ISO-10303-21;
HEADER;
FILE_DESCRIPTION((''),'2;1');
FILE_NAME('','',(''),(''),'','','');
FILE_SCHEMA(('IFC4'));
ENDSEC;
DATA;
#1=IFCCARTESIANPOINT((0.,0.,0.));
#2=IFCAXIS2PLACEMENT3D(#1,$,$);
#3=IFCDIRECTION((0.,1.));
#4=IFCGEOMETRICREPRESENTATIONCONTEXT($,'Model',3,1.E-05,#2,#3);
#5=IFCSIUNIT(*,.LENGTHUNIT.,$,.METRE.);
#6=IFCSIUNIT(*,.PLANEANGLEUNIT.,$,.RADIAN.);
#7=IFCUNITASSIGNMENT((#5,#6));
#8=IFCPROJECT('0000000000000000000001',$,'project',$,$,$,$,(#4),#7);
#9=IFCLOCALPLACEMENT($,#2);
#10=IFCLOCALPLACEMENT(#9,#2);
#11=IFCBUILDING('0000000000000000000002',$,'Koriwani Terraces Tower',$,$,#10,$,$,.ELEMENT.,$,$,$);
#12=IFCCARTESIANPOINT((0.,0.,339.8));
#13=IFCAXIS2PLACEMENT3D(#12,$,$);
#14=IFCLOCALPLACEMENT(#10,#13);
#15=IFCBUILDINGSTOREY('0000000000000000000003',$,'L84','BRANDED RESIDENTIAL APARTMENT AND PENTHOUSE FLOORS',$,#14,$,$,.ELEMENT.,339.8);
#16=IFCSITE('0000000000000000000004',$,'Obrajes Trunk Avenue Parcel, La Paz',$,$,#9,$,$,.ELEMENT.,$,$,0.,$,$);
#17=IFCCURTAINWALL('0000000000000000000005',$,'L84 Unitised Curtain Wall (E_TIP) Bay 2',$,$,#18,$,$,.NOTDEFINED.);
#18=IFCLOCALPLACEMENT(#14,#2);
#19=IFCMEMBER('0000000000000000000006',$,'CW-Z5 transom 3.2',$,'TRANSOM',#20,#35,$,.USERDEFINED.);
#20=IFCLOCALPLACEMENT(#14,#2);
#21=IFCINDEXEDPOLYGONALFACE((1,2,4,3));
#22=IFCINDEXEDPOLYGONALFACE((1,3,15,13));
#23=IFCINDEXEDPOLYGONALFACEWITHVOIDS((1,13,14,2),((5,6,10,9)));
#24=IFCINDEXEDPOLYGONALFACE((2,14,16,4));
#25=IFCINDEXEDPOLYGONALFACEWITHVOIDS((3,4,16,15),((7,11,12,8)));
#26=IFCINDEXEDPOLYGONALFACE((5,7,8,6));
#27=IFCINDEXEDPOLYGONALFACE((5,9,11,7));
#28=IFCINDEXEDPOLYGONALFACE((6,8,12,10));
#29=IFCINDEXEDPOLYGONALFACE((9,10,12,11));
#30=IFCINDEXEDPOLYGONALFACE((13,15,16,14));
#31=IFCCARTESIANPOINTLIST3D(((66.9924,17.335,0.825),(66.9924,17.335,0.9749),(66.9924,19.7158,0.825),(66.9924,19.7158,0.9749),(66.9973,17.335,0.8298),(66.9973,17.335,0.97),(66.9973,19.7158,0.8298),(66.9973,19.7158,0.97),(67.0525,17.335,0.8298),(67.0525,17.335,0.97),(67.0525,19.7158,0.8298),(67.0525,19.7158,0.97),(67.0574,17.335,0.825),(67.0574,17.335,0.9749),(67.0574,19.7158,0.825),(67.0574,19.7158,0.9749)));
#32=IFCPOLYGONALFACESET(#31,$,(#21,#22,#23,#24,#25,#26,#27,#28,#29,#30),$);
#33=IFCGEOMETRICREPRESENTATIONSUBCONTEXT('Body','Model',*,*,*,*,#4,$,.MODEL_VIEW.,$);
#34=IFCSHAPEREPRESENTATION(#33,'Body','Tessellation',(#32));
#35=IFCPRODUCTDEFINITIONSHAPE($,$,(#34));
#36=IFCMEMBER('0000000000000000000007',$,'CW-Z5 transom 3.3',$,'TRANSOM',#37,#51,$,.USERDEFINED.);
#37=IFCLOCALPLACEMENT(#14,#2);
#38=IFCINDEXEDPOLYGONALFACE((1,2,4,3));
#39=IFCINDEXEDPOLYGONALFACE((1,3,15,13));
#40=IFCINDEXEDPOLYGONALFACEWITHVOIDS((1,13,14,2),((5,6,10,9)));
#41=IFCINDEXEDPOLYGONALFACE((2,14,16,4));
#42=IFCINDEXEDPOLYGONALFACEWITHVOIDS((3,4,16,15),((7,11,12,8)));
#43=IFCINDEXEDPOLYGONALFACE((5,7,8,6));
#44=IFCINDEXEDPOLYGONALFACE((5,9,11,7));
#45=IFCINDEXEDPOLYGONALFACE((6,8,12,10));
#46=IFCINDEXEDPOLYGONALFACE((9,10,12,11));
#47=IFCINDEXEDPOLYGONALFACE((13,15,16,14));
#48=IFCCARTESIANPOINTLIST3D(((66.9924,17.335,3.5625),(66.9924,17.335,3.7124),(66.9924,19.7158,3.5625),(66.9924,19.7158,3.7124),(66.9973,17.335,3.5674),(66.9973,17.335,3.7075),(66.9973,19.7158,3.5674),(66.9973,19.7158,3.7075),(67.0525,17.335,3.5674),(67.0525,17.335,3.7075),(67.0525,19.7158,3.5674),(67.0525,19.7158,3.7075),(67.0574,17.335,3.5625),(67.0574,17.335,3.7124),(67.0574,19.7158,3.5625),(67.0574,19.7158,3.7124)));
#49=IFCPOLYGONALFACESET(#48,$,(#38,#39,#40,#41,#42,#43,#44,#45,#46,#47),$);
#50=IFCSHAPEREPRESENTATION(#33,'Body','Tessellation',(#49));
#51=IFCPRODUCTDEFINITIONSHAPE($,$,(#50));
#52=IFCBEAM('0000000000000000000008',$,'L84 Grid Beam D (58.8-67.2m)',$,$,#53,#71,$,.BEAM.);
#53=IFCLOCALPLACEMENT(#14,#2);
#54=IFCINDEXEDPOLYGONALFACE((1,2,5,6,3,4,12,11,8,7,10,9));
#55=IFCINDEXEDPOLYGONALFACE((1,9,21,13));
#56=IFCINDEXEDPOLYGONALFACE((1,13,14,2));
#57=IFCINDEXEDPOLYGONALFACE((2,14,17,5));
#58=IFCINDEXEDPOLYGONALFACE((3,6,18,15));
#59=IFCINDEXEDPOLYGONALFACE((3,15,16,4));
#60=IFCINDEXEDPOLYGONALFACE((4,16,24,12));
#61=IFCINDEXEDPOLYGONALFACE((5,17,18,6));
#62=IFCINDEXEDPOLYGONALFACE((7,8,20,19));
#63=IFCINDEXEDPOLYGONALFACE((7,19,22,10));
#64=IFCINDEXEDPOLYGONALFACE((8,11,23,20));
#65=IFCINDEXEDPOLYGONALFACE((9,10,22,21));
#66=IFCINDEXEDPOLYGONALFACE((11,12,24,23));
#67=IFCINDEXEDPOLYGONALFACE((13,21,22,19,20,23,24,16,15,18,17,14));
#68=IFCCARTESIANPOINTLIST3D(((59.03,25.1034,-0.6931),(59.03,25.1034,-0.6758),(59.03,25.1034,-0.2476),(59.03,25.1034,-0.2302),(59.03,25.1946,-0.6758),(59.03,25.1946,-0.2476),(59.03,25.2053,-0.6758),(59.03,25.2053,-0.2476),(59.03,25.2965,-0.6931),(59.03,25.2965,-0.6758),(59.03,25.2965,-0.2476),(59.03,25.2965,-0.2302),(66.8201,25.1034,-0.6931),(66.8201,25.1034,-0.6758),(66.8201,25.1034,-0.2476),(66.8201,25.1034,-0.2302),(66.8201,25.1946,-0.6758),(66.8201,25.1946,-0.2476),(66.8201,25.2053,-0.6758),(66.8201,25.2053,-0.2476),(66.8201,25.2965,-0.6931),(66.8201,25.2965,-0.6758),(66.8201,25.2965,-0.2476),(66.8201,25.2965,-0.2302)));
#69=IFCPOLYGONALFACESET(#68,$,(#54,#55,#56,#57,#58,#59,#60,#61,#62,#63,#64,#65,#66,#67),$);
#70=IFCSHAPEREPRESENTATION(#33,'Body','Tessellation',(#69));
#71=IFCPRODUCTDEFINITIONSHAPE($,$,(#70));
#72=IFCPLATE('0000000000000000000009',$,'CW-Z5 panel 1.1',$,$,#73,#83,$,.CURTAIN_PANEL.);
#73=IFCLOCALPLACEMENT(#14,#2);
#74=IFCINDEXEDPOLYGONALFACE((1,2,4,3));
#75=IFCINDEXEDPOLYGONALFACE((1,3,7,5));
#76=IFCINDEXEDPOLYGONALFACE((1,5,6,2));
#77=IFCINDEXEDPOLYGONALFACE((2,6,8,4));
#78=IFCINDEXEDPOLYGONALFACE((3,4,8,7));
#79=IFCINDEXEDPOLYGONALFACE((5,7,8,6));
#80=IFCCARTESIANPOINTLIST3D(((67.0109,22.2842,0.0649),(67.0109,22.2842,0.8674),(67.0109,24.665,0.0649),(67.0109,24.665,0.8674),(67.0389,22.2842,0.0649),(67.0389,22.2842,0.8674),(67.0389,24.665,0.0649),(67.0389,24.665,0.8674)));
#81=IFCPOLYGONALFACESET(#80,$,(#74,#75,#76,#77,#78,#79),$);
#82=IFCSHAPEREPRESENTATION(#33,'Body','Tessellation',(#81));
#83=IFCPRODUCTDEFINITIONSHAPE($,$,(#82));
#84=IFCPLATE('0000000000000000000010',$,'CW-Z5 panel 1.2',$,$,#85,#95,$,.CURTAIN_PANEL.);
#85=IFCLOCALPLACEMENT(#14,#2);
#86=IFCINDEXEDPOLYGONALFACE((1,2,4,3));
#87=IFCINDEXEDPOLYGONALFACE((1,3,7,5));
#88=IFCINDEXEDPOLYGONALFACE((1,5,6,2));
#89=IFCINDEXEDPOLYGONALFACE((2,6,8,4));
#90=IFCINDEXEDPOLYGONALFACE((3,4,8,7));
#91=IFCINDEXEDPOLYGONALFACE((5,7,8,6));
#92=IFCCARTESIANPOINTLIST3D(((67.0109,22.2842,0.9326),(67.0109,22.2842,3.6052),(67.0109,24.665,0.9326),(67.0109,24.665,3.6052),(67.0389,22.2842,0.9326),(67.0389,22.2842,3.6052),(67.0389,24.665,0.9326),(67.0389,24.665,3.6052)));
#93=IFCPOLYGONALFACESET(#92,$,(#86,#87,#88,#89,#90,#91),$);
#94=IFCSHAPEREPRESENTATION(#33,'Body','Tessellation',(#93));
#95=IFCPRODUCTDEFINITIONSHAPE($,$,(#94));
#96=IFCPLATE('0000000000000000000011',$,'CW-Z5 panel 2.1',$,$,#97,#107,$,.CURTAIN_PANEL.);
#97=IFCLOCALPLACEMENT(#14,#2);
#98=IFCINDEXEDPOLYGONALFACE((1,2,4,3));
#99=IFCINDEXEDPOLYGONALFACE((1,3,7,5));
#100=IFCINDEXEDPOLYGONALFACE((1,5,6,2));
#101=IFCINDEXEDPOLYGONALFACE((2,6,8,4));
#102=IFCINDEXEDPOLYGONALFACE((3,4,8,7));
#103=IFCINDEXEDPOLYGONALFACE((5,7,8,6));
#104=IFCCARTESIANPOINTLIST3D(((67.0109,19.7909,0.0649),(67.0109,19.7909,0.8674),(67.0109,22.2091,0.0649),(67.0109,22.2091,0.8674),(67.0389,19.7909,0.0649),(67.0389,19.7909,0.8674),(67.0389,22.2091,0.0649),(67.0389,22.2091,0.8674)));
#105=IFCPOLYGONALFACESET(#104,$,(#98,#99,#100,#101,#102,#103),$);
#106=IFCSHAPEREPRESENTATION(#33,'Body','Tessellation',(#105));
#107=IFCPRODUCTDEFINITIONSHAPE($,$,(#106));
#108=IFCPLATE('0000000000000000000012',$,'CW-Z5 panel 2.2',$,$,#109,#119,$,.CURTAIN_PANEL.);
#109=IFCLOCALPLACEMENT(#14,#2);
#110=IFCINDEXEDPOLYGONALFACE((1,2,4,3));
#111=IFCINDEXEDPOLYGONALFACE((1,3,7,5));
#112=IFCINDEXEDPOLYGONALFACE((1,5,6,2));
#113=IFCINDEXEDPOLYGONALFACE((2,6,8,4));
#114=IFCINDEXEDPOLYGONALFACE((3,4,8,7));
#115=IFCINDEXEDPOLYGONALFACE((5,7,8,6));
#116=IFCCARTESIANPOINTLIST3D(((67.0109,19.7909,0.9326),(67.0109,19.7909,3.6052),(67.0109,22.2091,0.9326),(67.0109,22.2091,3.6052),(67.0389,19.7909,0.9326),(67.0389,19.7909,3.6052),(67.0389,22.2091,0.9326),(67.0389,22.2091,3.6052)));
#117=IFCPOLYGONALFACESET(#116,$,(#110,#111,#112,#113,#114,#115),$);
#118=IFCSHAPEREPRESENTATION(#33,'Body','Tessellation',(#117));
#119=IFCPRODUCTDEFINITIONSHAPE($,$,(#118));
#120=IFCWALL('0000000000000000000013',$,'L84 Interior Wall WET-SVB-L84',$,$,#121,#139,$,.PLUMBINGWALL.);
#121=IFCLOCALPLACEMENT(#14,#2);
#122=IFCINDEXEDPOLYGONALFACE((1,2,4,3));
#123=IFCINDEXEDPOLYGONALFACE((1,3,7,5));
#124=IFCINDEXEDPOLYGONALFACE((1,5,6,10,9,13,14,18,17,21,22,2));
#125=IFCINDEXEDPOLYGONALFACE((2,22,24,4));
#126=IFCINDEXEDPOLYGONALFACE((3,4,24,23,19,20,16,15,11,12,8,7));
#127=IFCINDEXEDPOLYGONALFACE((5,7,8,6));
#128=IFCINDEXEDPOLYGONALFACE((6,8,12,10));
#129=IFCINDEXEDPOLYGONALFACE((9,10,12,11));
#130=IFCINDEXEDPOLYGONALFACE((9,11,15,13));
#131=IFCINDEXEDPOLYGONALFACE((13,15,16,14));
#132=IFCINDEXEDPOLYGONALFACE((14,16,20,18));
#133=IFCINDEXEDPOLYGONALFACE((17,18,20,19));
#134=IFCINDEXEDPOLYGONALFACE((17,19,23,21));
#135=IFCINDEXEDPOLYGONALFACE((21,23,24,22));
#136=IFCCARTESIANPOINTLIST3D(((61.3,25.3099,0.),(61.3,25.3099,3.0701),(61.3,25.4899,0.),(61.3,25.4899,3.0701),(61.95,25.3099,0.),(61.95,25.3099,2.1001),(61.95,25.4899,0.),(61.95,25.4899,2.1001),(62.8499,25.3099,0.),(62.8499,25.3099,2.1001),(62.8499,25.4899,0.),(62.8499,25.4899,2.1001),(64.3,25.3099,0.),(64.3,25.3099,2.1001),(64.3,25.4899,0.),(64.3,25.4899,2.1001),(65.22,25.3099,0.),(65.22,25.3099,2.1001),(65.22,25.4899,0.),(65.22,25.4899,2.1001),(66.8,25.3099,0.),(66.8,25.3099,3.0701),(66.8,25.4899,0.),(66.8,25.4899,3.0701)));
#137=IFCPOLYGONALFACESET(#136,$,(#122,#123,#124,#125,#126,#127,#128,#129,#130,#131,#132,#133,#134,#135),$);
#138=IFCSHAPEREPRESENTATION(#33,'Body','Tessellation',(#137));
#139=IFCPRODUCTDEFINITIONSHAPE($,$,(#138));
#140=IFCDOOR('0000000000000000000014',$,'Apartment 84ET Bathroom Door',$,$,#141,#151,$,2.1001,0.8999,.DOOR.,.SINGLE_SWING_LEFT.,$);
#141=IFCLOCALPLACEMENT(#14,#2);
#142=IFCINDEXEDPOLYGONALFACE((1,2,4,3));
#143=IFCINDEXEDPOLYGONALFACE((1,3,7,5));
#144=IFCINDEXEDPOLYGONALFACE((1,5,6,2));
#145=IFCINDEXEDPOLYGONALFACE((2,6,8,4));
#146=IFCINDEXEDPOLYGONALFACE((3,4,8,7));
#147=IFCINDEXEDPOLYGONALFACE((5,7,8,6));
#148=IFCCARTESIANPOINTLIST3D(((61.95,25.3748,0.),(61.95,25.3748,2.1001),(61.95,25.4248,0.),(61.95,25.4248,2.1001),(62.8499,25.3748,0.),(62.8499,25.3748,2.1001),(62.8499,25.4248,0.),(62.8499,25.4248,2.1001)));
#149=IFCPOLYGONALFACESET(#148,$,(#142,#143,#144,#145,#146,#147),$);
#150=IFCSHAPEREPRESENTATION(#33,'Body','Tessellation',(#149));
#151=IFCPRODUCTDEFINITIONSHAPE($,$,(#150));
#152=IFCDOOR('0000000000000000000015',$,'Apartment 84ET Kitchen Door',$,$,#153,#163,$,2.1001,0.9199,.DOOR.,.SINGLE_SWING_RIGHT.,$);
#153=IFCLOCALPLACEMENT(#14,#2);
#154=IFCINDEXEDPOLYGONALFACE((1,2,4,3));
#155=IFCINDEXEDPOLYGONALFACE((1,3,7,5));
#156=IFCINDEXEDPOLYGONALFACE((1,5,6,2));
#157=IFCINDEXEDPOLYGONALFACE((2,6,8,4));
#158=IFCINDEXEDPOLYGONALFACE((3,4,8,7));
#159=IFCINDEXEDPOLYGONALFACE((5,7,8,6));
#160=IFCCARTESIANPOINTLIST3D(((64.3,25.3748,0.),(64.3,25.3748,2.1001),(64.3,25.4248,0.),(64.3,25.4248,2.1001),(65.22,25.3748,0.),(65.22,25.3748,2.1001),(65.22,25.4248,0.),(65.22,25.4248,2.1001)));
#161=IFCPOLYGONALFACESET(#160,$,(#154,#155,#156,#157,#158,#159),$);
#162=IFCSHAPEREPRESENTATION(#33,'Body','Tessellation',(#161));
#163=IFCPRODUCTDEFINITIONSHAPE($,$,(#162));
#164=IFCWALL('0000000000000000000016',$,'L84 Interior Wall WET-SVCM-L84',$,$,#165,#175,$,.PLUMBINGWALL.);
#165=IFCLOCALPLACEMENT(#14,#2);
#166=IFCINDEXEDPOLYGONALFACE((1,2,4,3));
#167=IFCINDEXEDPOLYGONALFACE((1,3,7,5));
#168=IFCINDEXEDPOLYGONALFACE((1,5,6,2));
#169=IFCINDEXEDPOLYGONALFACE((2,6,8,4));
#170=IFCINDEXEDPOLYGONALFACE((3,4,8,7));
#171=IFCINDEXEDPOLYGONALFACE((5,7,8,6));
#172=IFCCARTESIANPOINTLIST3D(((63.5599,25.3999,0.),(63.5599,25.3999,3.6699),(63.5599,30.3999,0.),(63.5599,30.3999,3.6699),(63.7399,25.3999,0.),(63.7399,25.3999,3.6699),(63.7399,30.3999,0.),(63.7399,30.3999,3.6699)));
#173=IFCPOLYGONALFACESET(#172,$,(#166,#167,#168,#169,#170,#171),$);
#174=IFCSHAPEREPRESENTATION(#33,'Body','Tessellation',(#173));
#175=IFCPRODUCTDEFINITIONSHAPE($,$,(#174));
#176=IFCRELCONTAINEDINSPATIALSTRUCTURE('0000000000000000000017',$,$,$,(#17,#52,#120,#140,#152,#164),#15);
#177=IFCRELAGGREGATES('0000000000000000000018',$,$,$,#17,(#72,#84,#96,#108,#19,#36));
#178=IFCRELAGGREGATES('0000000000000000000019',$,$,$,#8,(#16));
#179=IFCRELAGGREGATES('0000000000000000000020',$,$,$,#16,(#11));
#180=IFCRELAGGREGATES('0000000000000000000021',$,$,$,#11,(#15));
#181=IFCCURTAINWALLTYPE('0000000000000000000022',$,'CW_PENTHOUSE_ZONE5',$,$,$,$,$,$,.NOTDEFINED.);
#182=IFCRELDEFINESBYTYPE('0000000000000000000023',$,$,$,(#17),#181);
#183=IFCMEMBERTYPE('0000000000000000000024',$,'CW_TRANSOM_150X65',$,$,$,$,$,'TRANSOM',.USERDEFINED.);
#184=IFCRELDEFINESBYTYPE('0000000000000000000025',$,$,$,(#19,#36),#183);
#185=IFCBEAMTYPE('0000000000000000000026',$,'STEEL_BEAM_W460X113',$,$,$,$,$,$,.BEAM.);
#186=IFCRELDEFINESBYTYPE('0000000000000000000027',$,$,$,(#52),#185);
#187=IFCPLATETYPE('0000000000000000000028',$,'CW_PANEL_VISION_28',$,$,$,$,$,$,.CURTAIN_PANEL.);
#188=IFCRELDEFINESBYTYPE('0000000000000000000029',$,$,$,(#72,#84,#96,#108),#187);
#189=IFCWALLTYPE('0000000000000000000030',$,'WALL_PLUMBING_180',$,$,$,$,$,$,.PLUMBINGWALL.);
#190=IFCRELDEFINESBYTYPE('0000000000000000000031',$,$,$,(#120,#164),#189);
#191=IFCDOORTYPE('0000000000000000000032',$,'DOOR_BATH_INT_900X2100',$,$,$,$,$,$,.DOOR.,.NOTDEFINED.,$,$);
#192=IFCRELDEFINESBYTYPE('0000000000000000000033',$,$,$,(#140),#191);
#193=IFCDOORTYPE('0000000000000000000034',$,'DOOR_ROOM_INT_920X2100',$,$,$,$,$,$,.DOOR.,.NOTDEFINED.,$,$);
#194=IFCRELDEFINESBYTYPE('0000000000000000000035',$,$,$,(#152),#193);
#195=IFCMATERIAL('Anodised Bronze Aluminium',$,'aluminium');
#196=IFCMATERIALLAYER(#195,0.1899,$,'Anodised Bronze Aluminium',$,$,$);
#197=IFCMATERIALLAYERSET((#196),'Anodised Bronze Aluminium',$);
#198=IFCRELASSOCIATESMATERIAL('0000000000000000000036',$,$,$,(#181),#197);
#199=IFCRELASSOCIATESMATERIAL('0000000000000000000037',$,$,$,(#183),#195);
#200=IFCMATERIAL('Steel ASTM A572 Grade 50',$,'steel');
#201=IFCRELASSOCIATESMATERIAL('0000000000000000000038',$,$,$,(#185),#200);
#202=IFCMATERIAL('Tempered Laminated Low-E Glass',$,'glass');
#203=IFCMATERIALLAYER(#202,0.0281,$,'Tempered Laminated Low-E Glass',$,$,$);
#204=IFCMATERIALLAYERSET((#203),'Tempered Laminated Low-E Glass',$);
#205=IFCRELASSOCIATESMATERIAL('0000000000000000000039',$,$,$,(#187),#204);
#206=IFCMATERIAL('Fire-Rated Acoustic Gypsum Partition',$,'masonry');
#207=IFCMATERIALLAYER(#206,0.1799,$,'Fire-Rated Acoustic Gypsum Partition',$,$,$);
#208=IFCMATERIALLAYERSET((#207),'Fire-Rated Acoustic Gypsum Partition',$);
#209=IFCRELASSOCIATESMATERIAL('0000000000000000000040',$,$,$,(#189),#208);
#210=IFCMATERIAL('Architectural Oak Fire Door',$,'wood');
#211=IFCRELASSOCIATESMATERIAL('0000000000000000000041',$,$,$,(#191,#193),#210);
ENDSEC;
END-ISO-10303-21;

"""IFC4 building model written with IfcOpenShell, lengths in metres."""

from ifc_helpers import new_model, si_unit, direction, frame, frame_2d, origin, origin_2d, place, context, subcontext, project, spatial, rectangle, hollow_rectangle, i_section, extrude, material, layer, layer_set, material_profile, profile_set, type_object, element, fill, aggregate, save


model = new_model("IFC4")

# Units and contexts
model_context = context("Model", 3, precision=1e-05, world=origin(), true_north=direction((0.0, 1.0)))
body_context = subcontext(model_context, "Body", "Model", "MODEL_VIEW")
ifc_project = project(units=[si_unit("LENGTHUNIT", "METRE"), si_unit("PLANEANGLEUNIT", "RADIAN")], contexts=[model_context])

# Site, building, storey
site_placement = place(None, origin())
site = spatial("IfcSite", under=ifc_project, at=site_placement, Name="Obrajes Trunk Avenue Parcel, La Paz", CompositionType="ELEMENT", RefElevation=0.0)
building_placement = place(site_placement, origin())
building = spatial("IfcBuilding", under=site, at=building_placement, Name="Koriwani Terraces Tower", CompositionType="ELEMENT")
storey_placement = place(building_placement, frame((0.0, 0.0, 339.8)))
storey = spatial("IfcBuildingStorey", under=building, at=storey_placement, Name="L84", Description="BRANDED RESIDENTIAL APARTMENT AND PENTHOUSE FLOORS", CompositionType="ELEMENT", Elevation=339.8)

# Curtain wall, members
ifc_material_1 = material(Name="Anodised Bronze Aluminium", Category="aluminium")
ifc_layer_1 = layer(ifc_material_1, 0.1899, Name="Anodised Bronze Aluminium")
ifc_layer_set_1 = layer_set([ifc_layer_1], Name="Anodised Bronze Aluminium")
curtain_wall_type = type_object("IfcCurtainWallType", Name="CW_PENTHOUSE_ZONE5", PredefinedType="NOTDEFINED", material=ifc_layer_set_1)
curtain_wall_placement = place(storey_placement, origin())
curtain_wall = element("IfcCurtainWall", 1, at=curtain_wall_placement, inside=storey, type_object=curtain_wall_type, Name="L84 Unitised Curtain Wall (E_TIP) Bay 2", PredefinedType="NOTDEFINED")
ifc_material_profile_1 = material_profile(ifc_material_1, hollow_rectangle(XDim=0.0649, YDim=0.1499, WallThickness=0.0049, at=origin_2d()), Name="Anodised Bronze Aluminium", Category="LoadBearing")
ifc_profile_set_1 = profile_set([ifc_material_profile_1], Name="Anodised Bronze Aluminium")
member_type_1 = type_object("IfcMemberType", Name="CW_TRANSOM_150X65", ElementType="TRANSOM", PredefinedType="USERDEFINED", material=ifc_profile_set_1)
member_1_placement = place(storey_placement, frame((67.0249, 19.7158, 0.8999), z_axis=(0.0, -1.0, 0.0), x_axis=(1.0, 0.0, 0.0)))
member_1 = element("IfcMember", 2, at=member_1_placement, type_object=member_type_1, Name="CW-Z5 transom 3.2", ObjectType="TRANSOM", PredefinedType="USERDEFINED", context=body_context, shape_type="SweptSolid", body=[
    extrude(hollow_rectangle(XDim=0.0649, YDim=0.1499, WallThickness=0.0049, at=origin_2d()), origin(), (0.0, 0.0, 1.0), 2.3809),
])
member_2_placement = place(storey_placement, frame((67.0249, 19.7158, 3.6375), z_axis=(0.0, -1.0, 0.0), x_axis=(1.0, 0.0, 0.0)))
member_2 = element("IfcMember", 3, at=member_2_placement, type_object=member_type_1, Name="CW-Z5 transom 3.3", ObjectType="TRANSOM", PredefinedType="USERDEFINED", context=body_context, shape_type="SweptSolid", body=[
    extrude(hollow_rectangle(XDim=0.0649, YDim=0.1499, WallThickness=0.0049, at=origin_2d()), origin(), (0.0, 0.0, 1.0), 2.3809),
])

# Beam
ifc_material_2 = material(Name="Steel ASTM A572 Grade 50", Category="steel")
ifc_material_profile_2 = material_profile(ifc_material_2, i_section(OverallWidth=0.1931, OverallDepth=0.4629, WebThickness=0.0107, FlangeThickness=0.0173, at=origin_2d()), Name="Steel ASTM A572 Grade 50", Category="LoadBearing")
ifc_profile_set_2 = profile_set([ifc_material_profile_2], Name="Steel ASTM A572 Grade 50")
beam_type = type_object("IfcBeamType", Name="STEEL_BEAM_W460X113", PredefinedType="BEAM", material=ifc_profile_set_2)
beam_placement = place(storey_placement, frame((59.03, 25.2, -0.4617), z_axis=(1.0, 0.0, 0.0), x_axis=(0.0, 1.0, 0.0)))
element("IfcBeam", 4, at=beam_placement, inside=storey, type_object=beam_type, Name="L84 Grid Beam D (58.8-67.2m)", PredefinedType="BEAM", context=body_context, shape_type="SweptSolid", body=[
    extrude(i_section(OverallWidth=0.1931, OverallDepth=0.4629, WebThickness=0.0107, FlangeThickness=0.0173, at=origin_2d()), origin(), (0.0, 0.0, 1.0), 7.79),
])

# Plates
ifc_material_3 = material(Name="Tempered Laminated Low-E Glass", Category="glass")
ifc_layer_2 = layer(ifc_material_3, 0.0281, Name="Tempered Laminated Low-E Glass")
ifc_layer_set_2 = layer_set([ifc_layer_2], Name="Tempered Laminated Low-E Glass")
plate_type = type_object("IfcPlateType", Name="CW_PANEL_VISION_28", PredefinedType="CURTAIN_PANEL", material=ifc_layer_set_2)
plate_1_placement = place(storey_placement, frame((67.0249, 23.4746, 0.0649), z_axis=(0.0, 0.0, 1.0), x_axis=(0.0, -1.0, 0.0)))
plate_1 = element("IfcPlate", 5, at=plate_1_placement, type_object=plate_type, Name="CW-Z5 panel 1.1", PredefinedType="CURTAIN_PANEL", context=body_context, shape_type="SweptSolid", body=[
    extrude(rectangle(XDim=2.3809, YDim=0.0281, at=origin_2d()), origin(), (0.0, 0.0, 1.0), 0.8025),
])
plate_2_placement = place(storey_placement, frame((67.0249, 23.4746, 0.9326), z_axis=(0.0, 0.0, 1.0), x_axis=(0.0, -1.0, 0.0)))
plate_2 = element("IfcPlate", 6, at=plate_2_placement, type_object=plate_type, Name="CW-Z5 panel 1.2", PredefinedType="CURTAIN_PANEL", context=body_context, shape_type="SweptSolid", body=[
    extrude(rectangle(XDim=2.3809, YDim=0.0281, at=origin_2d()), origin(), (0.0, 0.0, 1.0), 2.6726),
])
plate_3_placement = place(storey_placement, frame((67.0249, 21.0, 0.0649), z_axis=(0.0, 0.0, 1.0), x_axis=(0.0, -1.0, 0.0)))
plate_3 = element("IfcPlate", 7, at=plate_3_placement, type_object=plate_type, Name="CW-Z5 panel 2.1", PredefinedType="CURTAIN_PANEL", context=body_context, shape_type="SweptSolid", body=[
    extrude(rectangle(XDim=2.4182, YDim=0.0281, at=origin_2d()), origin(), (0.0, 0.0, 1.0), 0.8025),
])
plate_4_placement = place(storey_placement, frame((67.0249, 21.0, 0.9326), z_axis=(0.0, 0.0, 1.0), x_axis=(0.0, -1.0, 0.0)))
plate_4 = element("IfcPlate", 8, at=plate_4_placement, type_object=plate_type, Name="CW-Z5 panel 2.2", PredefinedType="CURTAIN_PANEL", context=body_context, shape_type="SweptSolid", body=[
    extrude(rectangle(XDim=2.4182, YDim=0.0281, at=origin_2d()), origin(), (0.0, 0.0, 1.0), 2.6726),
])
aggregate(curtain_wall, [plate_1, plate_2, plate_3, plate_4, member_1, member_2])

# Wall, openings, doors
ifc_material_4 = material(Name="Fire-Rated Acoustic Gypsum Partition", Category="masonry")
ifc_layer_3 = layer(ifc_material_4, 0.1799, Name="Fire-Rated Acoustic Gypsum Partition")
ifc_layer_set_3 = layer_set([ifc_layer_3], Name="Fire-Rated Acoustic Gypsum Partition")
wall_type = type_object("IfcWallType", Name="WALL_PLUMBING_180", PredefinedType="PLUMBINGWALL", material=ifc_layer_set_3)
wall_1_placement = place(storey_placement, frame((61.3, 25.3999, 0.0), z_axis=(0.0, 0.0, 1.0), x_axis=(1.0, 0.0, 0.0)))
wall_1 = element("IfcWall", 9, at=wall_1_placement, inside=storey, type_object=wall_type, Name="L84 Interior Wall WET-SVB-L84", PredefinedType="PLUMBINGWALL", context=body_context, shape_type="SweptSolid", body=[
    extrude(rectangle(XDim=5.5, YDim=0.1799, at=frame_2d((2.75, 0.0))), origin(), (0.0, 0.0, 1.0), 3.0701),
])
opening_1_placement = place(wall_1_placement, frame((0.6499, 0.0, 0.0)))
opening_1 = element("IfcOpeningElement", 10, at=opening_1_placement, cuts=wall_1, PredefinedType="OPENING", context=body_context, shape_type="SweptSolid", body=[
    extrude(rectangle(XDim=0.8999, YDim=2.1001, at=frame_2d((0.45, 1.05))), frame((0.0, 0.1001, 0.0), z_axis=(0.0, -1.0, 0.0), x_axis=(1.0, 0.0, 0.0)), (0.0, 0.0, 1.0), 0.2),
])
opening_2_placement = place(wall_1_placement, frame((3.0, 0.0, 0.0)))
opening_2 = element("IfcOpeningElement", 11, at=opening_2_placement, cuts=wall_1, PredefinedType="OPENING", context=body_context, shape_type="SweptSolid", body=[
    extrude(rectangle(XDim=0.9199, YDim=2.1001, at=frame_2d((0.46, 1.05))), frame((0.0, 0.1001, 0.0), z_axis=(0.0, -1.0, 0.0), x_axis=(1.0, 0.0, 0.0)), (0.0, 0.0, 1.0), 0.2),
])
ifc_material_5 = material(Name="Architectural Oak Fire Door", Category="wood")
door_type_1 = type_object("IfcDoorType", Name="DOOR_BATH_INT_900X2100", OperationType="NOTDEFINED", PredefinedType="DOOR", material=ifc_material_5)
door_1_placement = place(opening_1_placement, origin())
door_1 = element("IfcDoor", 12, at=door_1_placement, inside=storey, type_object=door_type_1, Name="Apartment 84ET Bathroom Door", OperationType="SINGLE_SWING_LEFT", OverallHeight=2.1001, OverallWidth=0.8999, PredefinedType="DOOR", context=body_context, shape_type="SweptSolid", body=[
    extrude(rectangle(XDim=0.8999, YDim=2.1001, at=frame_2d((0.45, 1.05))), frame((0.0, 0.0249, 0.0), z_axis=(0.0, -1.0, 0.0), x_axis=(1.0, 0.0, 0.0)), (0.0, 0.0, 1.0), 0.05),
])
fill(opening_1, door_1)
door_type_2 = type_object("IfcDoorType", Name="DOOR_ROOM_INT_920X2100", OperationType="NOTDEFINED", PredefinedType="DOOR", material=ifc_material_5)
door_2_placement = place(opening_2_placement, origin())
door_2 = element("IfcDoor", 13, at=door_2_placement, inside=storey, type_object=door_type_2, Name="Apartment 84ET Kitchen Door", OperationType="SINGLE_SWING_RIGHT", OverallHeight=2.1001, OverallWidth=0.9199, PredefinedType="DOOR", context=body_context, shape_type="SweptSolid", body=[
    extrude(rectangle(XDim=0.9199, YDim=2.1001, at=frame_2d((0.46, 1.05))), frame((0.0, 0.0249, 0.0), z_axis=(0.0, -1.0, 0.0), x_axis=(1.0, 0.0, 0.0)), (0.0, 0.0, 1.0), 0.05),
])
fill(opening_2, door_2)

# Wall
wall_2_placement = place(storey_placement, frame((63.6499, 25.3999, 0.0), z_axis=(0.0, 0.0, 1.0), x_axis=(0.0, 1.0, 0.0)))
element("IfcWall", 14, at=wall_2_placement, inside=storey, type_object=wall_type, Name="L84 Interior Wall WET-SVCM-L84", PredefinedType="PLUMBINGWALL", context=body_context, shape_type="SweptSolid", body=[
    extrude(rectangle(XDim=5.0, YDim=0.1799, at=frame_2d((2.5, 0.0))), origin(), (0.0, 0.0, 1.0), 3.6699),
])

save(model, "model.ifc")
